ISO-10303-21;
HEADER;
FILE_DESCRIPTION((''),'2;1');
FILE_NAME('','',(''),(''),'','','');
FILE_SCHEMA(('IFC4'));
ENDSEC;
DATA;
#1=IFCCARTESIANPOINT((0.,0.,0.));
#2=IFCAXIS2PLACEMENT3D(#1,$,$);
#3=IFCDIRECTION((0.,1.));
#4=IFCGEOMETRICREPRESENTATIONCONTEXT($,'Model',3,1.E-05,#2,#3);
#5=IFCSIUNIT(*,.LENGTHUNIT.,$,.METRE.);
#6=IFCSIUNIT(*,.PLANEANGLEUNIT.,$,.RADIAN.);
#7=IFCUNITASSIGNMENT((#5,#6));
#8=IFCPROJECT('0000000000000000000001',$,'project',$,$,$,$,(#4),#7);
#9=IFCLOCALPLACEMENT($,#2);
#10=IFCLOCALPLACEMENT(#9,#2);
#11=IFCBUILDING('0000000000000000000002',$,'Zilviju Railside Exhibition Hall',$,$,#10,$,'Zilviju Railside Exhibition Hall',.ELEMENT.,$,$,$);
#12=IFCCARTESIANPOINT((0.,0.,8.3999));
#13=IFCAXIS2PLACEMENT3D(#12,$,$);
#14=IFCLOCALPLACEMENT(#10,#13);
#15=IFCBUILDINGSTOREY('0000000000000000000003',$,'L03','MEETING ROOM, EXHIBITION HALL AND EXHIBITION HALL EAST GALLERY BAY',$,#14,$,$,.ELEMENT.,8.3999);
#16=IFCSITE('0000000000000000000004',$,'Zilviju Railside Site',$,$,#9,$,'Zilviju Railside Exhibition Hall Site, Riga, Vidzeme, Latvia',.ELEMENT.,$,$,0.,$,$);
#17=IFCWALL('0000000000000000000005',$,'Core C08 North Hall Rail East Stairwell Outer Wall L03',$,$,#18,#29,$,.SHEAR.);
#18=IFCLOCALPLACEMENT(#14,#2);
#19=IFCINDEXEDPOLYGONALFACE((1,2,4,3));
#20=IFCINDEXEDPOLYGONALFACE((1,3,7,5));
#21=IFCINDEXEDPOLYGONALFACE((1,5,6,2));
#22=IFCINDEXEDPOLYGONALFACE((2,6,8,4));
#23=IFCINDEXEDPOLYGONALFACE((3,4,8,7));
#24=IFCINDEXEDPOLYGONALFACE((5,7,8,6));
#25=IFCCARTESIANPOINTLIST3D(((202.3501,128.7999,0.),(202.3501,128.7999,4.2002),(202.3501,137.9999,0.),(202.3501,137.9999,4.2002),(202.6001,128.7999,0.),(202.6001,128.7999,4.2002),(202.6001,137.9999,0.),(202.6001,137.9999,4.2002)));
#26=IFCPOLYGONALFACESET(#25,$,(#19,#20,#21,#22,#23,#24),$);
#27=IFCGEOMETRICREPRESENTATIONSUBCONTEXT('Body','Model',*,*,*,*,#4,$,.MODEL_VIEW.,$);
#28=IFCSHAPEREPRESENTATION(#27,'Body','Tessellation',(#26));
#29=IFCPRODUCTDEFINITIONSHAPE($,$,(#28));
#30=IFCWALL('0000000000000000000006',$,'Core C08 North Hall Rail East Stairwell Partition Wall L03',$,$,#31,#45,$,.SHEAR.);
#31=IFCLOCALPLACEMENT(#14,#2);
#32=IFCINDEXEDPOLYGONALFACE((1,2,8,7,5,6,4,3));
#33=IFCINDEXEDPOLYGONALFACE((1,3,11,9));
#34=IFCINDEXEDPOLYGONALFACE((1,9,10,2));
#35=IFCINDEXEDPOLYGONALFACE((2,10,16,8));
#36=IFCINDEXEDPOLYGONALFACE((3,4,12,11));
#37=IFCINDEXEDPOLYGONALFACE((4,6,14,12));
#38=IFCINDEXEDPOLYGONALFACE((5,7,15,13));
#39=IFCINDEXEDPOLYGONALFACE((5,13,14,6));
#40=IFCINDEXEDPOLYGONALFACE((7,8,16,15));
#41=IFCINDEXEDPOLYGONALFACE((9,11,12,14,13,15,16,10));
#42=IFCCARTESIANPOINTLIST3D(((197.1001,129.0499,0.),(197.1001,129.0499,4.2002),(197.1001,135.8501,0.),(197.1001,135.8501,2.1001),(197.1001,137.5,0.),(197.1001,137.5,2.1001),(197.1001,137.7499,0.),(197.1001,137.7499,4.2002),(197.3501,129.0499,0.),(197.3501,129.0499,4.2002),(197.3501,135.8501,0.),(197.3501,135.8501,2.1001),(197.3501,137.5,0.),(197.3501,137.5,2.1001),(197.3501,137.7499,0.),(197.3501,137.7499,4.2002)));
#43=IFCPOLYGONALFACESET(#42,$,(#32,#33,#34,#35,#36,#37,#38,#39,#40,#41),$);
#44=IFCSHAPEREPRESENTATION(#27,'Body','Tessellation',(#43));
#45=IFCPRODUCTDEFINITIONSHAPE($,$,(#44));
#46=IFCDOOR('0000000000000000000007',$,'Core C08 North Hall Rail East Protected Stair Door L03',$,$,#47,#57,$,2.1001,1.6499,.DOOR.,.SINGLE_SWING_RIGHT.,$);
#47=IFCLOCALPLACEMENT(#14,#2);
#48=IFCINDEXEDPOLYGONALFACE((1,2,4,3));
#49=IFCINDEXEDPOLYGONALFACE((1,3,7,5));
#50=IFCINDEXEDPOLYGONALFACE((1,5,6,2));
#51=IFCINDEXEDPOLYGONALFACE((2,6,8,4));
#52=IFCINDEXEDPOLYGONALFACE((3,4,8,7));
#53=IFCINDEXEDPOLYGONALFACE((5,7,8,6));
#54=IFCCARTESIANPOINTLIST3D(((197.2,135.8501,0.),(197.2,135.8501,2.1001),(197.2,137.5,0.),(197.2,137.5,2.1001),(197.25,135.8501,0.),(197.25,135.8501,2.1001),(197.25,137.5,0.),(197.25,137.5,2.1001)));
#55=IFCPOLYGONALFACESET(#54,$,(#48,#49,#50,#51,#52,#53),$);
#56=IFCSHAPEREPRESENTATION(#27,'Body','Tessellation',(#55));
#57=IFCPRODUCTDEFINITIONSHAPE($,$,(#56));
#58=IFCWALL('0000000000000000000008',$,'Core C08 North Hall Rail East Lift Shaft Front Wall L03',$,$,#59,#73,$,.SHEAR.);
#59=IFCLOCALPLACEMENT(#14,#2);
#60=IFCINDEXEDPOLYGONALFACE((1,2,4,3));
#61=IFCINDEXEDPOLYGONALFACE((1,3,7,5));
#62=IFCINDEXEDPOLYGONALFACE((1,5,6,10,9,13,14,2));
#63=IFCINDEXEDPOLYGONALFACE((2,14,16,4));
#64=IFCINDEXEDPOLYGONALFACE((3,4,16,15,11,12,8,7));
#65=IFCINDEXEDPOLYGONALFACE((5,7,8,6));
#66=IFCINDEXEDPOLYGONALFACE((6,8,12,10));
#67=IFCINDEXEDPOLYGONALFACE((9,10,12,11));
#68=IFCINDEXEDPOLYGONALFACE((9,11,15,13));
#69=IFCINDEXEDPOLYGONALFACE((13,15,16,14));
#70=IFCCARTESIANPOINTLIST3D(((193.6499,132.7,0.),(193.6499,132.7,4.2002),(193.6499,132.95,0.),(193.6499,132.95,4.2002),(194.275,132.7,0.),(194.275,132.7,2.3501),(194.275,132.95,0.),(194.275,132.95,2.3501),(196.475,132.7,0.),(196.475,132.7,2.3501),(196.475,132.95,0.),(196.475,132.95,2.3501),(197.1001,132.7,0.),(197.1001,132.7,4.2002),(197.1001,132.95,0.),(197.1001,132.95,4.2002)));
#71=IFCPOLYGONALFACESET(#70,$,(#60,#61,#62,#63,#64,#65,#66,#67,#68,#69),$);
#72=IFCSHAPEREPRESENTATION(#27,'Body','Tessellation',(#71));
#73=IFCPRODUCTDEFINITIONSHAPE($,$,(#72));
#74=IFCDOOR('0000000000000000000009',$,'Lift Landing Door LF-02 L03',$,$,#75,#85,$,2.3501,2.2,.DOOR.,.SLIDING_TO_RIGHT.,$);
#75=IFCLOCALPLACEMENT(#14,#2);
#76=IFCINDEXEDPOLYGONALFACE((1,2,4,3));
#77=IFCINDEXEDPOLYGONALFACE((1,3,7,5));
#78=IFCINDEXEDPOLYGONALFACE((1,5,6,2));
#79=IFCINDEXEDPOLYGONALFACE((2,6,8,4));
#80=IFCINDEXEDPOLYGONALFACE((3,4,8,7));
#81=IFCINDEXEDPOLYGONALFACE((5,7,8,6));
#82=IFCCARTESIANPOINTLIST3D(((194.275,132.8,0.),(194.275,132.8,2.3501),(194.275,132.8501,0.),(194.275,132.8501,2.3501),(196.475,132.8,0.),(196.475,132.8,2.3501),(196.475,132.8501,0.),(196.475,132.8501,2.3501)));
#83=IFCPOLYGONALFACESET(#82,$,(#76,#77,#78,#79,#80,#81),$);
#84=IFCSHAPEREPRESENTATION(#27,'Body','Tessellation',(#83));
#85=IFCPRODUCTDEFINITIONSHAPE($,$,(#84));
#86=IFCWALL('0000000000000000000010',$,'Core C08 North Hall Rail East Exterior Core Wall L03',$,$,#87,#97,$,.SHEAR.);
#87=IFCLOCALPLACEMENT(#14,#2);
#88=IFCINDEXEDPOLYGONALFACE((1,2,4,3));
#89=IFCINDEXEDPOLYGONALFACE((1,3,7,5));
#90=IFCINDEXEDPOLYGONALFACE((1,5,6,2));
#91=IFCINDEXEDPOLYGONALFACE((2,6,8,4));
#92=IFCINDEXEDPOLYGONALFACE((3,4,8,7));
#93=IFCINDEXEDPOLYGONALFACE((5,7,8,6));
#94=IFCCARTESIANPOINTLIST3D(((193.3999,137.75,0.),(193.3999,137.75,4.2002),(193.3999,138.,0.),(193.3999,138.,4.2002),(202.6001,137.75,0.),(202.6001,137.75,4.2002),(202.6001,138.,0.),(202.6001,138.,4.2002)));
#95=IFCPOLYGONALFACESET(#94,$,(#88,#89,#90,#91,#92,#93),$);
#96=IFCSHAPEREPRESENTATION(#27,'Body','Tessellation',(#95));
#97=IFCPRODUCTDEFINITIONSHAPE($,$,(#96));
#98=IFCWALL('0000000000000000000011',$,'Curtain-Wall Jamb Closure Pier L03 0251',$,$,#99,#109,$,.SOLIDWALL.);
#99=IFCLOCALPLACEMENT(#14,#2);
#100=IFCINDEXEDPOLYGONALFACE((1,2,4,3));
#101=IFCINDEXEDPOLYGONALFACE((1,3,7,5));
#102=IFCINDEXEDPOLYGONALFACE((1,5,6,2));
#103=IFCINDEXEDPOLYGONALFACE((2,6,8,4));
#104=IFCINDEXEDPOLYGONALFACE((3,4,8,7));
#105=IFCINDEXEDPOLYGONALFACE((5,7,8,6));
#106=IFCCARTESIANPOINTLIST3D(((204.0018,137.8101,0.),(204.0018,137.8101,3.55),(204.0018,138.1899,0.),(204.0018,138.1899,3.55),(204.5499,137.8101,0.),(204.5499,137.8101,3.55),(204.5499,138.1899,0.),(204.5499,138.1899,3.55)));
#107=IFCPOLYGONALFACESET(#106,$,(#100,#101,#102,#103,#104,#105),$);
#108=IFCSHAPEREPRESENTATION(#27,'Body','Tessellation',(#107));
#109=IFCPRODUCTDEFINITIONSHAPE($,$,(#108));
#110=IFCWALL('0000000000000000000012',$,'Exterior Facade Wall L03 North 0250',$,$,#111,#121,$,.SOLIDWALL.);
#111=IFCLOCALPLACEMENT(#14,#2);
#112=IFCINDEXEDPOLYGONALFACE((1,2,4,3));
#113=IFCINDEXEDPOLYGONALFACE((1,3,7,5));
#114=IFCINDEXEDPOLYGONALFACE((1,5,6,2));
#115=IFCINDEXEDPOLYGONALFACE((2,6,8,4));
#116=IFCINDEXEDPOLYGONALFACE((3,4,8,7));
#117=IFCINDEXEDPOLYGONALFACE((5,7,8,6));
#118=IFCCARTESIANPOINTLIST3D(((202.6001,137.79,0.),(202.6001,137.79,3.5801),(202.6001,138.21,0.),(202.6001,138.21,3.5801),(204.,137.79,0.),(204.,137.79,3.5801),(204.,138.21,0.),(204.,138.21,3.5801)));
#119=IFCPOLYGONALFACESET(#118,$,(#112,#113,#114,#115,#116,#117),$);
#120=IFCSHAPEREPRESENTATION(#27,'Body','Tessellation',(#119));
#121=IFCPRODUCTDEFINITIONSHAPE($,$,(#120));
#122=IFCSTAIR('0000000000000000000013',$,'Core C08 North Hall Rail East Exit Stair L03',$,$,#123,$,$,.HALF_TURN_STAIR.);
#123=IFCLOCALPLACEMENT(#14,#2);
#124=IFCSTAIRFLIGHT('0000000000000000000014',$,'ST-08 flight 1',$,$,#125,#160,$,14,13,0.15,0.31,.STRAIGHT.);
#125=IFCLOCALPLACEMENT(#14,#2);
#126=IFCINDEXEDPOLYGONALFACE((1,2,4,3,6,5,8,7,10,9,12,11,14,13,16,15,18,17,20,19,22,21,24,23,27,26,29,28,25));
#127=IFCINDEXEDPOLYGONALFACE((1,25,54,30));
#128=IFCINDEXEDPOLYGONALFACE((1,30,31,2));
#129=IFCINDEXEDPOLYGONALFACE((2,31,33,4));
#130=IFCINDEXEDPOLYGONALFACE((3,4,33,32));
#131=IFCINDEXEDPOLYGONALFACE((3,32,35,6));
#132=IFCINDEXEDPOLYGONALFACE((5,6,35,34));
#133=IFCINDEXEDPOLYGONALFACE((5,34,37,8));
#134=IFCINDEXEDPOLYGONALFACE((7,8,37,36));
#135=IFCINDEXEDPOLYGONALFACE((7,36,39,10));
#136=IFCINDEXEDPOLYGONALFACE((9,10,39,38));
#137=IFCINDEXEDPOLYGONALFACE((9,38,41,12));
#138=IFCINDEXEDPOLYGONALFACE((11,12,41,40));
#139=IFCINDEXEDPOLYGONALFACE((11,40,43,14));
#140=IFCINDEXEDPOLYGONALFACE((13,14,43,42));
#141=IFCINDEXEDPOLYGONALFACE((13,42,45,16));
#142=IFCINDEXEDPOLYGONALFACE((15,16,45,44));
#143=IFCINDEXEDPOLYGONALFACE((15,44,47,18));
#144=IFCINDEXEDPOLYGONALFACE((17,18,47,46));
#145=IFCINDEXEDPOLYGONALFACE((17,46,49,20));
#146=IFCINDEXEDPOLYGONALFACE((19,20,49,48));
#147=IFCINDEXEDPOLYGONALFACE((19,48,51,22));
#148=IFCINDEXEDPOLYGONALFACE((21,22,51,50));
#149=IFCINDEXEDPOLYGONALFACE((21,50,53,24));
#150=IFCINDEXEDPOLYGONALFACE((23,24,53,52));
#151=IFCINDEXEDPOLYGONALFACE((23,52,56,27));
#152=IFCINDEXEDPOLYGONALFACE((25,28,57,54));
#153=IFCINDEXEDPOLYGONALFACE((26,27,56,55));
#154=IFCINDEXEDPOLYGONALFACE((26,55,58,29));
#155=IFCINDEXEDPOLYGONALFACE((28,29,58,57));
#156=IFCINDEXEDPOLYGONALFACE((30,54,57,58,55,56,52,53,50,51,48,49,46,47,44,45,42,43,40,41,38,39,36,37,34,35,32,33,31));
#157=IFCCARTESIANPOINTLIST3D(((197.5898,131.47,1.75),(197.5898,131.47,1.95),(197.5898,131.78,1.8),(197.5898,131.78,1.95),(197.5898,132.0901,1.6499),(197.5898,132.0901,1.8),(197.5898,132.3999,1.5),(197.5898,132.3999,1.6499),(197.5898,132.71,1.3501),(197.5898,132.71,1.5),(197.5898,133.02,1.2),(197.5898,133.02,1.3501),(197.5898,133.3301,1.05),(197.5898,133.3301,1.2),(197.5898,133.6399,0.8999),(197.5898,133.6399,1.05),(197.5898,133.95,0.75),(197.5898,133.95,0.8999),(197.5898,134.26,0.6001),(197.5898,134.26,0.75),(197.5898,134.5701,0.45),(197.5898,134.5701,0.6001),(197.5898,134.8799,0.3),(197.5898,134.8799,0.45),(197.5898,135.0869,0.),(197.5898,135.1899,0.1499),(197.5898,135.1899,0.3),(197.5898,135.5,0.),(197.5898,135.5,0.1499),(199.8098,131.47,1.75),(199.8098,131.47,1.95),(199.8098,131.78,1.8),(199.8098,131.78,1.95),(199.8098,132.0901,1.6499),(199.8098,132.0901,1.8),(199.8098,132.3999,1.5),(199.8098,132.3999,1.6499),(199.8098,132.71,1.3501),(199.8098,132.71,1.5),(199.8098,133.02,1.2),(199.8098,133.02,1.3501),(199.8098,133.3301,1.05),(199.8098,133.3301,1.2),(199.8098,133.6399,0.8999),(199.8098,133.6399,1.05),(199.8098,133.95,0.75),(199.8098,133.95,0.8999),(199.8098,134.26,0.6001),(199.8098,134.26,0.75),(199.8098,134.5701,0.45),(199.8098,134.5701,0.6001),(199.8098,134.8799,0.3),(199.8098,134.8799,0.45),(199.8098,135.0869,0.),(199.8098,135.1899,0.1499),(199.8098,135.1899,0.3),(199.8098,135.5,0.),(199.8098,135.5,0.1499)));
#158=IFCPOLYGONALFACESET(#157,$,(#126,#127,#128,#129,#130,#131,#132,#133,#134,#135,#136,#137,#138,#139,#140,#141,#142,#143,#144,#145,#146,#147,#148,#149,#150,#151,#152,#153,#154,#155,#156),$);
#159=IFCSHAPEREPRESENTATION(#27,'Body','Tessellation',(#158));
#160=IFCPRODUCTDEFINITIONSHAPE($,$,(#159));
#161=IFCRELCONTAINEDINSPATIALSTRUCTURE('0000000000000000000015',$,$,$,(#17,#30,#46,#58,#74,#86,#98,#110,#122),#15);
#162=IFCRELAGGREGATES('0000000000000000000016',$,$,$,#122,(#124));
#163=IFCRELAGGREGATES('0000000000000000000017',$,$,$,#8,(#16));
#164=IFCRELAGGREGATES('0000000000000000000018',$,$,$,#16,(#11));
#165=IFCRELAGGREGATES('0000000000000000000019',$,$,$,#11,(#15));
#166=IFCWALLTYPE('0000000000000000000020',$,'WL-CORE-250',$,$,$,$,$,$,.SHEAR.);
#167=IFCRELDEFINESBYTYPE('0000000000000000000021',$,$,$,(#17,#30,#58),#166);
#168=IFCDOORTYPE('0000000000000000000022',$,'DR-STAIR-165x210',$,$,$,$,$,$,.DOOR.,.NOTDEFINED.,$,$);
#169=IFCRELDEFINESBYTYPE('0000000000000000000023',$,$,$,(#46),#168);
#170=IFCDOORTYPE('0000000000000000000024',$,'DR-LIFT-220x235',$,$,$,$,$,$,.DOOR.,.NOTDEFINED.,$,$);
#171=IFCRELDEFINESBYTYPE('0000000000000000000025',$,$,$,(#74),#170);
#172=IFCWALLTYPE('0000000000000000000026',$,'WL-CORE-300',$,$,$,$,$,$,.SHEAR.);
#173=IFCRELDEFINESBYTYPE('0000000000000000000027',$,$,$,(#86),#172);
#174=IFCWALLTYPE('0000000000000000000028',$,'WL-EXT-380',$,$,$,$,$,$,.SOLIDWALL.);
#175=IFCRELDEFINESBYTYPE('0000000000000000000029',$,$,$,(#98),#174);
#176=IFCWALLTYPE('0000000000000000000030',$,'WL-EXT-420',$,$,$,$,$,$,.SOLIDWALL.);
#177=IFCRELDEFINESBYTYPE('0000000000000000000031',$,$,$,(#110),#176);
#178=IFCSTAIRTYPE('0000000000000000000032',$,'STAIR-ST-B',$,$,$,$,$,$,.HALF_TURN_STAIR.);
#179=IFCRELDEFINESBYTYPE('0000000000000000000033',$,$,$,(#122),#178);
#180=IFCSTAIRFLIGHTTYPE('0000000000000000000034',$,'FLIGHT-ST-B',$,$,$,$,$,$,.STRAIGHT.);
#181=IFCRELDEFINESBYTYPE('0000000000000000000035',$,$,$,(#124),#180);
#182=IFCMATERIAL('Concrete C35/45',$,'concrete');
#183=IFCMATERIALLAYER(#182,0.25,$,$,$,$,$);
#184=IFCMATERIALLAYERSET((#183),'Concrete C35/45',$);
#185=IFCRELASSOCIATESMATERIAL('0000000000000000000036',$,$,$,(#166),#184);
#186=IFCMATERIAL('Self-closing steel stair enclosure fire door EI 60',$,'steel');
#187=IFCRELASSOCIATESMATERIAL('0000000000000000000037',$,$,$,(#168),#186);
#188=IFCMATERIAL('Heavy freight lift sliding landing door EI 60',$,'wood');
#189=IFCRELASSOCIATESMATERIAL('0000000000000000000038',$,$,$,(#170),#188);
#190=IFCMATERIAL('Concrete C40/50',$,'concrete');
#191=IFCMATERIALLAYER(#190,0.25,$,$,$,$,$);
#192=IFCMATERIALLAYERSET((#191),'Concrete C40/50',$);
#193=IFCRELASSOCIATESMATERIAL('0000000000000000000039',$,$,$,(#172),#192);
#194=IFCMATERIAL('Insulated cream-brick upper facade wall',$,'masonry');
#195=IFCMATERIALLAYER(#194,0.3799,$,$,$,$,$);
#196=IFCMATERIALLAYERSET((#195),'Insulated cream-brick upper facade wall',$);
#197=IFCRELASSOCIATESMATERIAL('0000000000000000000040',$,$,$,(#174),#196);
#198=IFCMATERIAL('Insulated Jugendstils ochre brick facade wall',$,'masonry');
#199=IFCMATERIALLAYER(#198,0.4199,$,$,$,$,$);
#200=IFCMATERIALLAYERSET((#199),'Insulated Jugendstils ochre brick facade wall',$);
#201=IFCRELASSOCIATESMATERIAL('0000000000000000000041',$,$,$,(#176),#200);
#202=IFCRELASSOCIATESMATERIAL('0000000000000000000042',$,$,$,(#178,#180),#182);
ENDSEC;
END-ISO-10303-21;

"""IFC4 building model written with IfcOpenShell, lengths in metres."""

from ifc_helpers import new_model, si_unit, direction, frame, frame_2d, origin, place, context, subcontext, project, spatial, polyline, rectangle, outline, extrude, material, layer, layer_set, type_object, element, fill, aggregate, save


model = new_model("IFC4")

# Units and contexts
model_context = context("Model", 3, precision=1e-05, world=origin(), true_north=direction((0.0, 1.0)))
body_context = subcontext(model_context, "Body", "Model", "MODEL_VIEW")
ifc_project = project(units=[si_unit("LENGTHUNIT", "METRE"), si_unit("PLANEANGLEUNIT", "RADIAN")], contexts=[model_context])

# Site, building, storey
site_placement = place(None, origin())
site = spatial("IfcSite", under=ifc_project, at=site_placement, Name="Zilviju Railside Site", LongName="Zilviju Railside Exhibition Hall Site, Riga, Vidzeme, Latvia", CompositionType="ELEMENT", RefElevation=0.0)
building_placement = place(site_placement, origin())
building = spatial("IfcBuilding", under=site, at=building_placement, Name="Zilviju Railside Exhibition Hall", LongName="Zilviju Railside Exhibition Hall", CompositionType="ELEMENT")
storey_placement = place(building_placement, frame((0.0, 0.0, 8.3999)))
storey = spatial("IfcBuildingStorey", under=building, at=storey_placement, Name="L03", Description="MEETING ROOM, EXHIBITION HALL AND EXHIBITION HALL EAST GALLERY BAY", CompositionType="ELEMENT", Elevation=8.3999)

# Shared definitions
ifc_material_1 = material(Name="Concrete C40/50", Category="concrete")

# Wall
ifc_material_2 = material(Name="Concrete C35/45", Category="concrete")
ifc_layer_1 = layer(ifc_material_2, 0.25)
ifc_layer_set_1 = layer_set([ifc_layer_1], Name="Concrete C35/45")
wall_type_1 = type_object("IfcWallType", Name="WL-CORE-250", PredefinedType="SHEAR", material=ifc_layer_set_1)
wall_1_placement = place(storey_placement, frame((202.4751, 138.0, 0.0), z_axis=(0.0, 0.0, 1.0), x_axis=(0.0, -1.0, 0.0)))
element("IfcWall", 1, at=wall_1_placement, inside=storey, type_object=wall_type_1, Name="Core C08 North Hall Rail East Stairwell Outer Wall L03", PredefinedType="SHEAR", context=body_context, shape_type="SweptSolid", body=[
    extrude(rectangle(XDim=9.2, YDim=0.25, at=frame_2d((4.6001, 0.0))), origin(), (0.0, 0.0, 1.0), 4.2002),
])

# Walls, openings, doors
wall_2_placement = place(storey_placement, frame((197.2251, 137.75, 0.0), z_axis=(0.0, 0.0, 1.0), x_axis=(0.0, -1.0, 0.0)))
wall_2 = element("IfcWall", 2, at=wall_2_placement, inside=storey, type_object=wall_type_1, Name="Core C08 North Hall Rail East Stairwell Partition Wall L03", PredefinedType="SHEAR", context=body_context, shape_type="SweptSolid", body=[
    extrude(rectangle(XDim=8.7, YDim=0.25, at=frame_2d((4.3501, 0.0))), origin(), (0.0, 0.0, 1.0), 4.2002),
])
opening_1_placement = place(wall_2_placement, frame((0.25, 0.0, 0.0)))
opening_1 = element("IfcOpeningElement", 3, at=opening_1_placement, cuts=wall_2, PredefinedType="OPENING", context=body_context, shape_type="SweptSolid", body=[
    extrude(rectangle(XDim=1.6499, YDim=2.1001, at=frame_2d((0.825, 1.05))), frame((0.0, 0.135, 0.0), z_axis=(0.0, -1.0, 0.0), x_axis=(1.0, 0.0, 0.0)), (0.0, 0.0, 1.0), 0.27),
])
ifc_material_3 = material(Name="Self-closing steel stair enclosure fire door EI 60", Category="steel")
door_type_1 = type_object("IfcDoorType", Name="DR-STAIR-165x210", OperationType="NOTDEFINED", PredefinedType="DOOR", material=ifc_material_3)
door_1_placement = place(opening_1_placement, origin())
door_1 = element("IfcDoor", 4, at=door_1_placement, inside=storey, type_object=door_type_1, Name="Core C08 North Hall Rail East Protected Stair Door L03", OperationType="SINGLE_SWING_RIGHT", OverallHeight=2.1001, OverallWidth=1.6499, PredefinedType="DOOR", context=body_context, shape_type="SweptSolid", body=[
    extrude(rectangle(XDim=1.6499, YDim=2.1001, at=frame_2d((0.825, 1.05))), frame((0.0, 0.0249, 0.0), z_axis=(0.0, -1.0, 0.0), x_axis=(1.0, 0.0, 0.0)), (0.0, 0.0, 1.0), 0.05),
])
fill(opening_1, door_1)
wall_3_placement = place(storey_placement, frame((197.1001, 132.825, 0.0), z_axis=(0.0, 0.0, 1.0), x_axis=(-1.0, 0.0, 0.0)))
wall_3 = element("IfcWall", 5, at=wall_3_placement, inside=storey, type_object=wall_type_1, Name="Core C08 North Hall Rail East Lift Shaft Front Wall L03", PredefinedType="SHEAR", context=body_context, shape_type="SweptSolid", body=[
    extrude(rectangle(XDim=3.4502, YDim=0.25, at=frame_2d((1.7251, 0.0))), origin(), (0.0, 0.0, 1.0), 4.2002),
])
opening_2_placement = place(wall_3_placement, frame((0.625, 0.0, 0.0)))
opening_2 = element("IfcOpeningElement", 6, at=opening_2_placement, cuts=wall_3, PredefinedType="OPENING", context=body_context, shape_type="SweptSolid", body=[
    extrude(rectangle(XDim=2.2, YDim=2.3501, at=frame_2d((1.1001, 1.175))), frame((0.0, 0.135, 0.0), z_axis=(0.0, -1.0, 0.0), x_axis=(1.0, 0.0, 0.0)), (0.0, 0.0, 1.0), 0.27),
])
ifc_material_4 = material(Name="Heavy freight lift sliding landing door EI 60", Category="wood")
door_type_2 = type_object("IfcDoorType", Name="DR-LIFT-220x235", OperationType="NOTDEFINED", PredefinedType="DOOR", material=ifc_material_4)
door_2_placement = place(opening_2_placement, origin())
door_2 = element("IfcDoor", 7, at=door_2_placement, inside=storey, type_object=door_type_2, Name="Lift Landing Door LF-02 L03", OperationType="SLIDING_TO_RIGHT", OverallHeight=2.3501, OverallWidth=2.2, PredefinedType="DOOR", context=body_context, shape_type="SweptSolid", body=[
    extrude(rectangle(XDim=2.2, YDim=2.3501, at=frame_2d((1.1001, 1.175))), frame((0.0, 0.0249, 0.0), z_axis=(0.0, -1.0, 0.0), x_axis=(1.0, 0.0, 0.0)), (0.0, 0.0, 1.0), 0.05),
])
fill(opening_2, door_2)

# Walls
ifc_layer_2 = layer(ifc_material_1, 0.25)
ifc_layer_set_2 = layer_set([ifc_layer_2], Name="Concrete C40/50")
wall_type_2 = type_object("IfcWallType", Name="WL-CORE-300", PredefinedType="SHEAR", material=ifc_layer_set_2)
wall_4_placement = place(storey_placement, frame((193.3999, 137.875, 0.0), z_axis=(0.0, 0.0, 1.0), x_axis=(1.0, 0.0, 0.0)))
element("IfcWall", 8, at=wall_4_placement, inside=storey, type_object=wall_type_2, Name="Core C08 North Hall Rail East Exterior Core Wall L03", PredefinedType="SHEAR", context=body_context, shape_type="SweptSolid", body=[
    extrude(rectangle(XDim=9.2002, YDim=0.25, at=frame_2d((4.6001, 0.0))), origin(), (0.0, 0.0, 1.0), 4.2002),
])
ifc_material_5 = material(Name="Insulated cream-brick upper facade wall", Category="masonry")
ifc_layer_3 = layer(ifc_material_5, 0.3799)
ifc_layer_set_3 = layer_set([ifc_layer_3], Name="Insulated cream-brick upper facade wall")
wall_type_3 = type_object("IfcWallType", Name="WL-EXT-380", PredefinedType="SOLIDWALL", material=ifc_layer_set_3)
wall_5_placement = place(storey_placement, frame((204.002, 138.0, 0.0), z_axis=(0.0, 0.0, 1.0), x_axis=(1.0, 0.0, 0.0)))
element("IfcWall", 9, at=wall_5_placement, inside=storey, type_object=wall_type_3, Name="Curtain-Wall Jamb Closure Pier L03 0251", PredefinedType="SOLIDWALL", context=body_context, shape_type="SweptSolid", body=[
    extrude(rectangle(XDim=0.5481, YDim=0.3799, at=frame_2d((0.2739, 0.0))), origin(), (0.0, 0.0, 1.0), 3.55),
])
ifc_material_6 = material(Name="Insulated Jugendstils ochre brick facade wall", Category="masonry")
ifc_layer_4 = layer(ifc_material_6, 0.4199)
ifc_layer_set_4 = layer_set([ifc_layer_4], Name="Insulated Jugendstils ochre brick facade wall")
wall_type_4 = type_object("IfcWallType", Name="WL-EXT-420", PredefinedType="SOLIDWALL", material=ifc_layer_set_4)
wall_6_placement = place(storey_placement, frame((202.6001, 138.0, 0.0), z_axis=(0.0, 0.0, 1.0), x_axis=(1.0, 0.0, 0.0)))
element("IfcWall", 10, at=wall_6_placement, inside=storey, type_object=wall_type_4, Name="Exterior Facade Wall L03 North 0250", PredefinedType="SOLIDWALL", context=body_context, shape_type="SweptSolid", body=[
    extrude(rectangle(XDim=1.3999, YDim=0.4199, at=frame_2d((0.7, 0.0))), origin(), (0.0, 0.0, 1.0), 3.5801),
])

# Stair, stair flight
stair_type = type_object("IfcStairType", Name="STAIR-ST-B", PredefinedType="HALF_TURN_STAIR", material=ifc_material_2)
stair_placement = place(storey_placement, origin())
stair = element("IfcStair", 11, at=stair_placement, inside=storey, type_object=stair_type, Name="Core C08 North Hall Rail East Exit Stair L03", PredefinedType="HALF_TURN_STAIR")
stair_flight_type = type_object("IfcStairFlightType", Name="FLIGHT-ST-B", PredefinedType="STRAIGHT", material=ifc_material_2)
stair_flight_1_placement = place(storey_placement, frame((198.7, 135.5, 0.0), z_axis=(0.0, 0.0, 1.0), x_axis=(0.0, -1.0, 0.0)))
stair_flight_1 = element("IfcStairFlight", 12, at=stair_flight_1_placement, type_object=stair_flight_type, Name="ST-08 flight 1", NumberOfRisers=14, NumberOfTreads=13, PredefinedType="STRAIGHT", RiserHeight=0.15, TreadLength=0.31, context=body_context, shape_type="SweptSolid", body=[
    extrude(outline(polyline([(0.0, 0.0), (0.0, 0.1499), (0.3101, 0.1499), (0.3101, 0.3), (0.6201, 0.3), (0.6201, 0.45), (0.9299, 0.45), (0.9299, 0.6001), (1.24, 0.6001), (1.24, 0.75), (1.55, 0.75), (1.55, 0.8999), (1.8601, 0.8999), (1.8601, 1.05), (2.1699, 1.05), (2.1699, 1.2), (2.48, 1.2), (2.48, 1.3501), (2.79, 1.3501), (2.79, 1.5), (3.1001, 1.5), (3.1001, 1.6499), (3.4099, 1.6499), (3.4099, 1.8), (3.72, 1.8), (3.72, 1.95), (4.03, 1.95), (4.03, 2.1001), (4.03, 1.75), (0.4131, 0.0), (0.0, 0.0)])), frame((0.0, 1.1099, 0.0), z_axis=(0.0, -1.0, 0.0), x_axis=(1.0, 0.0, 0.0)), (0.0, 0.0, 1.0), 2.22),
])
aggregate(stair, [stair_flight_1])

save(model, "model.ifc")
